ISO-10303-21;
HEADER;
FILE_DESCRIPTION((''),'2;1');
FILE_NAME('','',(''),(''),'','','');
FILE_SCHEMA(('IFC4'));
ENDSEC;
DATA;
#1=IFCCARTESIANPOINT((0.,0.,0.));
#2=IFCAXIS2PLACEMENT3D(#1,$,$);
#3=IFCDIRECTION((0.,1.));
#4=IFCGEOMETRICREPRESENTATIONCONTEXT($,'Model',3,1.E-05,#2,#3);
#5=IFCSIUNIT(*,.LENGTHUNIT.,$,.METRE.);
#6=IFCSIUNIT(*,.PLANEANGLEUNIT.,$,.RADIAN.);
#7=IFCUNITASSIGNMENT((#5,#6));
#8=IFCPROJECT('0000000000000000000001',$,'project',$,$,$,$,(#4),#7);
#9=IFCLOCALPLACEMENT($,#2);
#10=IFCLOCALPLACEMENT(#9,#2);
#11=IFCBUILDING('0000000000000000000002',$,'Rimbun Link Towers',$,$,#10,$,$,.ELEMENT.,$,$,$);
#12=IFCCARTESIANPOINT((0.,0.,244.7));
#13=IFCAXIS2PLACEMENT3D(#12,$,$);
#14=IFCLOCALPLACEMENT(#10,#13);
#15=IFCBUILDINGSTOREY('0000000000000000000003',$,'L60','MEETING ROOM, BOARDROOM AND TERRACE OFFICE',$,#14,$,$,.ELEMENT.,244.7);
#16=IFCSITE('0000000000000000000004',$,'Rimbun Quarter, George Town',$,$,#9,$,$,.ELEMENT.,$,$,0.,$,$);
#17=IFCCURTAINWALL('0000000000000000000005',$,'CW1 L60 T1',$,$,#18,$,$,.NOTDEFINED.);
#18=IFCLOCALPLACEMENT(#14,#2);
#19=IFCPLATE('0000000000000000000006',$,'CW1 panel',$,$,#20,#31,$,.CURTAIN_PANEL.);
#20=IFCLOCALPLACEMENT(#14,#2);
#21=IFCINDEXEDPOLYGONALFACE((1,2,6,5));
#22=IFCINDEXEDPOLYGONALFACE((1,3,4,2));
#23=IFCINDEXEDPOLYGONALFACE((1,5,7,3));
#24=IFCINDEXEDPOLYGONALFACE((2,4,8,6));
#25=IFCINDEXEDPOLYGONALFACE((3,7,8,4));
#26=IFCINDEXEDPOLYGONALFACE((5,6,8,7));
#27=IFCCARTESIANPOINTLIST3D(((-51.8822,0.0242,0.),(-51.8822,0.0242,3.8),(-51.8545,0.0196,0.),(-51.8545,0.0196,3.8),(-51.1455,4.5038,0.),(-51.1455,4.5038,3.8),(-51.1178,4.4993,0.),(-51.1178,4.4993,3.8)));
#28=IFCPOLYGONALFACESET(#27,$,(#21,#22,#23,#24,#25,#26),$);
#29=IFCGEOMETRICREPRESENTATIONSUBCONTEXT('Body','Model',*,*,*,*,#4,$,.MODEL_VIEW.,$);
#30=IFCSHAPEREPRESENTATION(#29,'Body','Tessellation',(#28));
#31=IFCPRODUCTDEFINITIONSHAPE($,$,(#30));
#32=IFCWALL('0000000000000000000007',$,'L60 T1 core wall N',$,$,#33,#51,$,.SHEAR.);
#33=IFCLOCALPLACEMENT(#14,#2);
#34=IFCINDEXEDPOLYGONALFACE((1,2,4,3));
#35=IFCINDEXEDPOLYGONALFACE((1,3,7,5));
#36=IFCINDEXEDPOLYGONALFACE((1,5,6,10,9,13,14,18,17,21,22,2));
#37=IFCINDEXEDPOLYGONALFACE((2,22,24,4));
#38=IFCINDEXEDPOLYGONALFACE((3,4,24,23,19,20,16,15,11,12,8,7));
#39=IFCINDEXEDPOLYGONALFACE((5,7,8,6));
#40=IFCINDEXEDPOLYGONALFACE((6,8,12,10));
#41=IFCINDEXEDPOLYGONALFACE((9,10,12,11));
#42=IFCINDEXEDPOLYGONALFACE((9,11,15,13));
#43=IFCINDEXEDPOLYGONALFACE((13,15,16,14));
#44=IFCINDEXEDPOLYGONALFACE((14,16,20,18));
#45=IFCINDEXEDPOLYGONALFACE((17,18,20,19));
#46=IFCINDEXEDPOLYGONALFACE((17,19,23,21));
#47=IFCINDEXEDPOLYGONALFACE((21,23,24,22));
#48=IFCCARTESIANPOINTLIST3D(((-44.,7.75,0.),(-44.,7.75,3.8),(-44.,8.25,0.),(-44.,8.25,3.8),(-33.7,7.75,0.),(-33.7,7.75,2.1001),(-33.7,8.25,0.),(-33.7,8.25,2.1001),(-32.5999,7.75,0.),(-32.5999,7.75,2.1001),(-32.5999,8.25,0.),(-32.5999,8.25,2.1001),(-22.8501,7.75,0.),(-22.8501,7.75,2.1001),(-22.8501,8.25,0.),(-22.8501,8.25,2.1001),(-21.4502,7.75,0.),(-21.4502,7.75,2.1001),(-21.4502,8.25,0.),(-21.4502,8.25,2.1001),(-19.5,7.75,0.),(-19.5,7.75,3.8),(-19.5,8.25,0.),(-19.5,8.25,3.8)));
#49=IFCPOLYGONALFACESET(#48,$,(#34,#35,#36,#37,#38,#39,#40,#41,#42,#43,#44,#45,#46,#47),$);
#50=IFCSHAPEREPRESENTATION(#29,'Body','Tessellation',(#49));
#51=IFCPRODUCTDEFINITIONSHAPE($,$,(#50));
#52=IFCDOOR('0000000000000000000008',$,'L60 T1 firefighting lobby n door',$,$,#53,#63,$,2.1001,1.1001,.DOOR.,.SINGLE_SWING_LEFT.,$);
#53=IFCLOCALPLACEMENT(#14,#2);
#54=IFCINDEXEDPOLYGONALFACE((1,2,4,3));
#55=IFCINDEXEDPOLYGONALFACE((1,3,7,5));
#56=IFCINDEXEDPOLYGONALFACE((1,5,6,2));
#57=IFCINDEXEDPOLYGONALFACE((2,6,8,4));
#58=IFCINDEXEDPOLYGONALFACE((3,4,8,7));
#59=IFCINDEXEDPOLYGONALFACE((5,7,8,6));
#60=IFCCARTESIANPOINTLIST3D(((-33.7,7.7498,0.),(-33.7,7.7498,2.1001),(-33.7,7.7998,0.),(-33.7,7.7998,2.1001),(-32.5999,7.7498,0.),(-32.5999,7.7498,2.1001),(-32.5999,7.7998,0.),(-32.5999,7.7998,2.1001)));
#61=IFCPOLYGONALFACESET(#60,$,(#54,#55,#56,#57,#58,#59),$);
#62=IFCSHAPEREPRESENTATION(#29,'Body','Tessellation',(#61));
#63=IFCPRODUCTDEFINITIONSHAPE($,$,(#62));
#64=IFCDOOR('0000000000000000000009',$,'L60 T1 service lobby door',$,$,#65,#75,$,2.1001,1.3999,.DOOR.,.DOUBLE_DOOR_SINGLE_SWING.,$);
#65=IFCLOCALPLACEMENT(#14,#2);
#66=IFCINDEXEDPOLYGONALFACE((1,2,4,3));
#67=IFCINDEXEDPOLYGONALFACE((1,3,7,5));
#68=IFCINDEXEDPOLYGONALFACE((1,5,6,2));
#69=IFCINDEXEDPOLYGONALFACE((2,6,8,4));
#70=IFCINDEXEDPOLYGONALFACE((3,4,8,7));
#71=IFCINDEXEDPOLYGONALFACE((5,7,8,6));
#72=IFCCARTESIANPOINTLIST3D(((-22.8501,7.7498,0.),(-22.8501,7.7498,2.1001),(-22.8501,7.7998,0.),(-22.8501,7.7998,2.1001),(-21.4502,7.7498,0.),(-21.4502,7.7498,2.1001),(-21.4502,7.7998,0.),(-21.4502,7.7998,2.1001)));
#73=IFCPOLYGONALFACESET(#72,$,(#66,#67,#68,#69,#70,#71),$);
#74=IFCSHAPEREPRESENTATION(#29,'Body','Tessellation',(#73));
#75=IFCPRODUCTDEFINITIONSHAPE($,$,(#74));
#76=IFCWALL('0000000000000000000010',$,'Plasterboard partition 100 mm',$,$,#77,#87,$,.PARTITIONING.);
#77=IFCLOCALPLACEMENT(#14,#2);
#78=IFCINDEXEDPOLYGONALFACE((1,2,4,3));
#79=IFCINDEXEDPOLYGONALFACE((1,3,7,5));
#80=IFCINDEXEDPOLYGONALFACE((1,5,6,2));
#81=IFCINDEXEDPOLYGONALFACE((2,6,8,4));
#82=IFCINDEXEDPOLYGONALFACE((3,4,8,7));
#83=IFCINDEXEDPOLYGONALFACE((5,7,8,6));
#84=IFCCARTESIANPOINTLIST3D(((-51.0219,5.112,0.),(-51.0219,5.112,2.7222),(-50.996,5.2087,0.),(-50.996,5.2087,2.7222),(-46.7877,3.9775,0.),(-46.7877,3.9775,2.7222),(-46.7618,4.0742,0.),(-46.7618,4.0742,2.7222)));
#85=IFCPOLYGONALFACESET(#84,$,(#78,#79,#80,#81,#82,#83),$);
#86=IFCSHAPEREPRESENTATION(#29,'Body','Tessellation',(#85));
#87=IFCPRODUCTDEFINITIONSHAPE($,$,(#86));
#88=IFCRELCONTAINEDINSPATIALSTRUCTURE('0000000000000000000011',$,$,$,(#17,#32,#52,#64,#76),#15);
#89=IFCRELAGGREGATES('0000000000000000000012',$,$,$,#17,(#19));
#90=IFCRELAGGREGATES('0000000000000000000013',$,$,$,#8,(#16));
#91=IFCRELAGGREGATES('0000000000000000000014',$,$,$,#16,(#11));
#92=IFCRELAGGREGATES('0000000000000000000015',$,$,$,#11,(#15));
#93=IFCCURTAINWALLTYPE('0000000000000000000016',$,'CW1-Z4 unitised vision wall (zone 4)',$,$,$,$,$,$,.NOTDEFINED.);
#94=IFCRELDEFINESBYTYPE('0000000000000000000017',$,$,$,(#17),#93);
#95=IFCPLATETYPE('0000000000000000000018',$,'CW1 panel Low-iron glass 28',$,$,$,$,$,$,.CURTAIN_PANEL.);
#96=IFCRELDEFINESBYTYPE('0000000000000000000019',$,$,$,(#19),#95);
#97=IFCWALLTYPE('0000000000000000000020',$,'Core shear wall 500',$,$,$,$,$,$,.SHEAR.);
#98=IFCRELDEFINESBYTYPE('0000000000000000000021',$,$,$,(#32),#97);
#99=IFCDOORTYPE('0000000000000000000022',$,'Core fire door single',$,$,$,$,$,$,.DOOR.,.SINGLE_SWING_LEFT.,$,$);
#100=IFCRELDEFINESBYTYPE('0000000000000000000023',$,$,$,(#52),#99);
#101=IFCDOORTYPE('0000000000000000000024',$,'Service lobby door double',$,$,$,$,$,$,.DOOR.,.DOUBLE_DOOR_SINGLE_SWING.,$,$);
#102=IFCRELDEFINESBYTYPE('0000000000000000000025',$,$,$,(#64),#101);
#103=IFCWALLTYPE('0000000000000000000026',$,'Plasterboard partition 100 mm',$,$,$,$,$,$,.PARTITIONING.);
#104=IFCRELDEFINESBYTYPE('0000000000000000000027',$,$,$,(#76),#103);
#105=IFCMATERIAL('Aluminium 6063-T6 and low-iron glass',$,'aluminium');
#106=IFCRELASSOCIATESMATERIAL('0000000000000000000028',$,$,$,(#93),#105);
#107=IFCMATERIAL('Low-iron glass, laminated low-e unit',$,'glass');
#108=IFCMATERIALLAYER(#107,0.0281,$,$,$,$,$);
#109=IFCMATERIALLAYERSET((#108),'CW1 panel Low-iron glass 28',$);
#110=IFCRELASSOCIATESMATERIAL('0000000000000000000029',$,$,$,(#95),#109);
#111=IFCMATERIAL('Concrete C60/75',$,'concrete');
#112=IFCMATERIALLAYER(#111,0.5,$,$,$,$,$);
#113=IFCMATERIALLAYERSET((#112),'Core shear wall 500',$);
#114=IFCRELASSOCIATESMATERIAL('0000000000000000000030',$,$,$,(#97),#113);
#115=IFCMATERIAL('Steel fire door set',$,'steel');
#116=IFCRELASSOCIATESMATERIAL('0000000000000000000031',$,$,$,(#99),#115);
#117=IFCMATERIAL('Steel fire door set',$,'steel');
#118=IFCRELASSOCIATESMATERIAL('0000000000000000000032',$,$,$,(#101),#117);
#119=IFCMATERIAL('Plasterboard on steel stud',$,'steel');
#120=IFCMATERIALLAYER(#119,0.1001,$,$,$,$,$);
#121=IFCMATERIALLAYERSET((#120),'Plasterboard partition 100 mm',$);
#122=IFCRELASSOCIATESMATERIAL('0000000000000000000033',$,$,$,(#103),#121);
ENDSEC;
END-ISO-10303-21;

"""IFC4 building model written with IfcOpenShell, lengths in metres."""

from ifc_helpers import new_model, si_unit, direction, frame, frame_2d, origin, origin_2d, place, context, subcontext, project, spatial, rectangle, extrude, material, layer, layer_set, type_object, element, fill, aggregate, save


model = new_model("IFC4")

# Units and contexts
model_context = context("Model", 3, precision=1e-05, world=origin(), true_north=direction((0.0, 1.0)))
body_context = subcontext(model_context, "Body", "Model", "MODEL_VIEW")
ifc_project = project(units=[si_unit("LENGTHUNIT", "METRE"), si_unit("PLANEANGLEUNIT", "RADIAN")], contexts=[model_context])

# Site, building, storey
site_placement = place(None, origin())
site = spatial("IfcSite", under=ifc_project, at=site_placement, Name="Rimbun Quarter, George Town", CompositionType="ELEMENT", RefElevation=0.0)
building_placement = place(site_placement, origin())
building = spatial("IfcBuilding", under=site, at=building_placement, Name="Rimbun Link Towers", CompositionType="ELEMENT")
storey_placement = place(building_placement, frame((0.0, 0.0, 244.7)))
storey = spatial("IfcBuildingStorey", under=building, at=storey_placement, Name="L60", Description="MEETING ROOM, BOARDROOM AND TERRACE OFFICE", CompositionType="ELEMENT", Elevation=244.7)

# Curtain wall
ifc_material_1 = material(Name="Aluminium 6063-T6 and low-iron glass", Category="aluminium")
curtain_wall_type = type_object("IfcCurtainWallType", Name="CW1-Z4 unitised vision wall (zone 4)", PredefinedType="NOTDEFINED", material=ifc_material_1)
curtain_wall_placement = place(storey_placement, origin())
curtain_wall = element("IfcCurtainWall", 1, at=curtain_wall_placement, inside=storey, type_object=curtain_wall_type, Name="CW1 L60 T1", PredefinedType="NOTDEFINED")

# Plate
ifc_material_2 = material(Name="Low-iron glass, laminated low-e unit", Category="glass")
ifc_layer_1 = layer(ifc_material_2, 0.0281)
ifc_layer_set_1 = layer_set([ifc_layer_1], Name="CW1 panel Low-iron glass 28")
plate_type = type_object("IfcPlateType", Name="CW1 panel Low-iron glass 28", PredefinedType="CURTAIN_PANEL", material=ifc_layer_set_1)
plate_placement = place(storey_placement, frame((-51.5, 2.2617, 0.0), z_axis=(0.0, 0.0, 1.0), x_axis=(0.162262, 0.986748, 0.0)))
plate = element("IfcPlate", 2, at=plate_placement, type_object=plate_type, Name="CW1 panel", PredefinedType="CURTAIN_PANEL", context=body_context, shape_type="SweptSolid", body=[
    extrude(rectangle(XDim=4.5398, YDim=0.0281, at=origin_2d()), origin(), (0.0, 0.0, 1.0), 3.8),
])
aggregate(curtain_wall, [plate])

# Wall, openings, doors
ifc_material_3 = material(Name="Concrete C60/75", Category="concrete")
ifc_layer_2 = layer(ifc_material_3, 0.5)
ifc_layer_set_2 = layer_set([ifc_layer_2], Name="Core shear wall 500")
wall_type_1 = type_object("IfcWallType", Name="Core shear wall 500", PredefinedType="SHEAR", material=ifc_layer_set_2)
wall_1_placement = place(storey_placement, frame((-44.0, 8.0, 0.0), z_axis=(0.0, 0.0, 1.0), x_axis=(1.0, 0.0, 0.0)))
wall_1 = element("IfcWall", 3, at=wall_1_placement, inside=storey, type_object=wall_type_1, Name="L60 T1 core wall N", PredefinedType="SHEAR", context=body_context, shape_type="SweptSolid", body=[
    extrude(rectangle(XDim=24.5, YDim=0.5, at=frame_2d((12.25, 0.0))), origin(), (0.0, 0.0, 1.0), 3.8),
])
opening_1_placement = place(wall_1_placement, frame((10.3, 0.0, 0.0)))
opening_1 = element("IfcOpeningElement", 4, at=opening_1_placement, cuts=wall_1, PredefinedType="OPENING", context=body_context, shape_type="SweptSolid", body=[
    extrude(rectangle(XDim=1.1001, YDim=2.1001, at=frame_2d((0.55, 1.05))), frame((0.0, 0.26, 0.0), z_axis=(0.0, -1.0, 0.0), x_axis=(1.0, 0.0, 0.0)), (0.0, 0.0, 1.0), 0.52),
])
opening_2_placement = place(wall_1_placement, frame((21.1499, 0.0, 0.0)))
opening_2 = element("IfcOpeningElement", 5, at=opening_2_placement, cuts=wall_1, PredefinedType="OPENING", context=body_context, shape_type="SweptSolid", body=[
    extrude(rectangle(XDim=1.3999, YDim=2.1001, at=frame_2d((0.7, 1.05))), frame((0.0, 0.26, 0.0), z_axis=(0.0, -1.0, 0.0), x_axis=(1.0, 0.0, 0.0)), (0.0, 0.0, 1.0), 0.52),
])
ifc_material_4 = material(Name="Steel fire door set", Category="steel")
door_type_1 = type_object("IfcDoorType", Name="Core fire door single", OperationType="SINGLE_SWING_LEFT", PredefinedType="DOOR", material=ifc_material_4)
door_1_placement = place(opening_1_placement, origin())
door_1 = element("IfcDoor", 6, at=door_1_placement, inside=storey, type_object=door_type_1, Name="L60 T1 firefighting lobby n door", OperationType="SINGLE_SWING_LEFT", OverallHeight=2.1001, OverallWidth=1.1001, PredefinedType="DOOR", context=body_context, shape_type="SweptSolid", body=[
    extrude(rectangle(XDim=1.1001, YDim=2.1001, at=frame_2d((0.55, 1.05))), frame((0.0, -0.2002, 0.0), z_axis=(0.0, -1.0, 0.0), x_axis=(1.0, 0.0, 0.0)), (0.0, 0.0, 1.0), 0.05),
])
fill(opening_1, door_1)
ifc_material_5 = material(Name="Steel fire door set", Category="steel")
door_type_2 = type_object("IfcDoorType", Name="Service lobby door double", OperationType="DOUBLE_DOOR_SINGLE_SWING", PredefinedType="DOOR", material=ifc_material_5)
door_2_placement = place(opening_2_placement, origin())
door_2 = element("IfcDoor", 7, at=door_2_placement, inside=storey, type_object=door_type_2, Name="L60 T1 service lobby door", OperationType="DOUBLE_DOOR_SINGLE_SWING", OverallHeight=2.1001, OverallWidth=1.3999, PredefinedType="DOOR", context=body_context, shape_type="SweptSolid", body=[
    extrude(rectangle(XDim=1.3999, YDim=2.1001, at=frame_2d((0.7, 1.05))), frame((0.0, -0.2002, 0.0), z_axis=(0.0, -1.0, 0.0), x_axis=(1.0, 0.0, 0.0)), (0.0, 0.0, 1.0), 0.05),
])
fill(opening_2, door_2)

# Wall
ifc_material_6 = material(Name="Plasterboard on steel stud", Category="steel")
ifc_layer_3 = layer(ifc_material_6, 0.1001)
ifc_layer_set_3 = layer_set([ifc_layer_3], Name="Plasterboard partition 100 mm")
wall_type_2 = type_object("IfcWallType", Name="Plasterboard partition 100 mm", PredefinedType="PARTITIONING", material=ifc_layer_set_3)
wall_2_placement = place(storey_placement, frame((-51.009, 5.1604, 0.0), z_axis=(0.0, 0.0, 1.0), x_axis=(0.965926, -0.258817, 0.0)))
element("IfcWall", 8, at=wall_2_placement, inside=storey, type_object=wall_type_2, Name="Plasterboard partition 100 mm", PredefinedType="PARTITIONING", context=body_context, shape_type="SweptSolid", body=[
    extrude(rectangle(XDim=4.3835, YDim=0.1001, at=frame_2d((2.1919, 0.0))), origin(), (0.0, 0.0, 1.0), 2.7222),
])

save(model, "model.ifc")
